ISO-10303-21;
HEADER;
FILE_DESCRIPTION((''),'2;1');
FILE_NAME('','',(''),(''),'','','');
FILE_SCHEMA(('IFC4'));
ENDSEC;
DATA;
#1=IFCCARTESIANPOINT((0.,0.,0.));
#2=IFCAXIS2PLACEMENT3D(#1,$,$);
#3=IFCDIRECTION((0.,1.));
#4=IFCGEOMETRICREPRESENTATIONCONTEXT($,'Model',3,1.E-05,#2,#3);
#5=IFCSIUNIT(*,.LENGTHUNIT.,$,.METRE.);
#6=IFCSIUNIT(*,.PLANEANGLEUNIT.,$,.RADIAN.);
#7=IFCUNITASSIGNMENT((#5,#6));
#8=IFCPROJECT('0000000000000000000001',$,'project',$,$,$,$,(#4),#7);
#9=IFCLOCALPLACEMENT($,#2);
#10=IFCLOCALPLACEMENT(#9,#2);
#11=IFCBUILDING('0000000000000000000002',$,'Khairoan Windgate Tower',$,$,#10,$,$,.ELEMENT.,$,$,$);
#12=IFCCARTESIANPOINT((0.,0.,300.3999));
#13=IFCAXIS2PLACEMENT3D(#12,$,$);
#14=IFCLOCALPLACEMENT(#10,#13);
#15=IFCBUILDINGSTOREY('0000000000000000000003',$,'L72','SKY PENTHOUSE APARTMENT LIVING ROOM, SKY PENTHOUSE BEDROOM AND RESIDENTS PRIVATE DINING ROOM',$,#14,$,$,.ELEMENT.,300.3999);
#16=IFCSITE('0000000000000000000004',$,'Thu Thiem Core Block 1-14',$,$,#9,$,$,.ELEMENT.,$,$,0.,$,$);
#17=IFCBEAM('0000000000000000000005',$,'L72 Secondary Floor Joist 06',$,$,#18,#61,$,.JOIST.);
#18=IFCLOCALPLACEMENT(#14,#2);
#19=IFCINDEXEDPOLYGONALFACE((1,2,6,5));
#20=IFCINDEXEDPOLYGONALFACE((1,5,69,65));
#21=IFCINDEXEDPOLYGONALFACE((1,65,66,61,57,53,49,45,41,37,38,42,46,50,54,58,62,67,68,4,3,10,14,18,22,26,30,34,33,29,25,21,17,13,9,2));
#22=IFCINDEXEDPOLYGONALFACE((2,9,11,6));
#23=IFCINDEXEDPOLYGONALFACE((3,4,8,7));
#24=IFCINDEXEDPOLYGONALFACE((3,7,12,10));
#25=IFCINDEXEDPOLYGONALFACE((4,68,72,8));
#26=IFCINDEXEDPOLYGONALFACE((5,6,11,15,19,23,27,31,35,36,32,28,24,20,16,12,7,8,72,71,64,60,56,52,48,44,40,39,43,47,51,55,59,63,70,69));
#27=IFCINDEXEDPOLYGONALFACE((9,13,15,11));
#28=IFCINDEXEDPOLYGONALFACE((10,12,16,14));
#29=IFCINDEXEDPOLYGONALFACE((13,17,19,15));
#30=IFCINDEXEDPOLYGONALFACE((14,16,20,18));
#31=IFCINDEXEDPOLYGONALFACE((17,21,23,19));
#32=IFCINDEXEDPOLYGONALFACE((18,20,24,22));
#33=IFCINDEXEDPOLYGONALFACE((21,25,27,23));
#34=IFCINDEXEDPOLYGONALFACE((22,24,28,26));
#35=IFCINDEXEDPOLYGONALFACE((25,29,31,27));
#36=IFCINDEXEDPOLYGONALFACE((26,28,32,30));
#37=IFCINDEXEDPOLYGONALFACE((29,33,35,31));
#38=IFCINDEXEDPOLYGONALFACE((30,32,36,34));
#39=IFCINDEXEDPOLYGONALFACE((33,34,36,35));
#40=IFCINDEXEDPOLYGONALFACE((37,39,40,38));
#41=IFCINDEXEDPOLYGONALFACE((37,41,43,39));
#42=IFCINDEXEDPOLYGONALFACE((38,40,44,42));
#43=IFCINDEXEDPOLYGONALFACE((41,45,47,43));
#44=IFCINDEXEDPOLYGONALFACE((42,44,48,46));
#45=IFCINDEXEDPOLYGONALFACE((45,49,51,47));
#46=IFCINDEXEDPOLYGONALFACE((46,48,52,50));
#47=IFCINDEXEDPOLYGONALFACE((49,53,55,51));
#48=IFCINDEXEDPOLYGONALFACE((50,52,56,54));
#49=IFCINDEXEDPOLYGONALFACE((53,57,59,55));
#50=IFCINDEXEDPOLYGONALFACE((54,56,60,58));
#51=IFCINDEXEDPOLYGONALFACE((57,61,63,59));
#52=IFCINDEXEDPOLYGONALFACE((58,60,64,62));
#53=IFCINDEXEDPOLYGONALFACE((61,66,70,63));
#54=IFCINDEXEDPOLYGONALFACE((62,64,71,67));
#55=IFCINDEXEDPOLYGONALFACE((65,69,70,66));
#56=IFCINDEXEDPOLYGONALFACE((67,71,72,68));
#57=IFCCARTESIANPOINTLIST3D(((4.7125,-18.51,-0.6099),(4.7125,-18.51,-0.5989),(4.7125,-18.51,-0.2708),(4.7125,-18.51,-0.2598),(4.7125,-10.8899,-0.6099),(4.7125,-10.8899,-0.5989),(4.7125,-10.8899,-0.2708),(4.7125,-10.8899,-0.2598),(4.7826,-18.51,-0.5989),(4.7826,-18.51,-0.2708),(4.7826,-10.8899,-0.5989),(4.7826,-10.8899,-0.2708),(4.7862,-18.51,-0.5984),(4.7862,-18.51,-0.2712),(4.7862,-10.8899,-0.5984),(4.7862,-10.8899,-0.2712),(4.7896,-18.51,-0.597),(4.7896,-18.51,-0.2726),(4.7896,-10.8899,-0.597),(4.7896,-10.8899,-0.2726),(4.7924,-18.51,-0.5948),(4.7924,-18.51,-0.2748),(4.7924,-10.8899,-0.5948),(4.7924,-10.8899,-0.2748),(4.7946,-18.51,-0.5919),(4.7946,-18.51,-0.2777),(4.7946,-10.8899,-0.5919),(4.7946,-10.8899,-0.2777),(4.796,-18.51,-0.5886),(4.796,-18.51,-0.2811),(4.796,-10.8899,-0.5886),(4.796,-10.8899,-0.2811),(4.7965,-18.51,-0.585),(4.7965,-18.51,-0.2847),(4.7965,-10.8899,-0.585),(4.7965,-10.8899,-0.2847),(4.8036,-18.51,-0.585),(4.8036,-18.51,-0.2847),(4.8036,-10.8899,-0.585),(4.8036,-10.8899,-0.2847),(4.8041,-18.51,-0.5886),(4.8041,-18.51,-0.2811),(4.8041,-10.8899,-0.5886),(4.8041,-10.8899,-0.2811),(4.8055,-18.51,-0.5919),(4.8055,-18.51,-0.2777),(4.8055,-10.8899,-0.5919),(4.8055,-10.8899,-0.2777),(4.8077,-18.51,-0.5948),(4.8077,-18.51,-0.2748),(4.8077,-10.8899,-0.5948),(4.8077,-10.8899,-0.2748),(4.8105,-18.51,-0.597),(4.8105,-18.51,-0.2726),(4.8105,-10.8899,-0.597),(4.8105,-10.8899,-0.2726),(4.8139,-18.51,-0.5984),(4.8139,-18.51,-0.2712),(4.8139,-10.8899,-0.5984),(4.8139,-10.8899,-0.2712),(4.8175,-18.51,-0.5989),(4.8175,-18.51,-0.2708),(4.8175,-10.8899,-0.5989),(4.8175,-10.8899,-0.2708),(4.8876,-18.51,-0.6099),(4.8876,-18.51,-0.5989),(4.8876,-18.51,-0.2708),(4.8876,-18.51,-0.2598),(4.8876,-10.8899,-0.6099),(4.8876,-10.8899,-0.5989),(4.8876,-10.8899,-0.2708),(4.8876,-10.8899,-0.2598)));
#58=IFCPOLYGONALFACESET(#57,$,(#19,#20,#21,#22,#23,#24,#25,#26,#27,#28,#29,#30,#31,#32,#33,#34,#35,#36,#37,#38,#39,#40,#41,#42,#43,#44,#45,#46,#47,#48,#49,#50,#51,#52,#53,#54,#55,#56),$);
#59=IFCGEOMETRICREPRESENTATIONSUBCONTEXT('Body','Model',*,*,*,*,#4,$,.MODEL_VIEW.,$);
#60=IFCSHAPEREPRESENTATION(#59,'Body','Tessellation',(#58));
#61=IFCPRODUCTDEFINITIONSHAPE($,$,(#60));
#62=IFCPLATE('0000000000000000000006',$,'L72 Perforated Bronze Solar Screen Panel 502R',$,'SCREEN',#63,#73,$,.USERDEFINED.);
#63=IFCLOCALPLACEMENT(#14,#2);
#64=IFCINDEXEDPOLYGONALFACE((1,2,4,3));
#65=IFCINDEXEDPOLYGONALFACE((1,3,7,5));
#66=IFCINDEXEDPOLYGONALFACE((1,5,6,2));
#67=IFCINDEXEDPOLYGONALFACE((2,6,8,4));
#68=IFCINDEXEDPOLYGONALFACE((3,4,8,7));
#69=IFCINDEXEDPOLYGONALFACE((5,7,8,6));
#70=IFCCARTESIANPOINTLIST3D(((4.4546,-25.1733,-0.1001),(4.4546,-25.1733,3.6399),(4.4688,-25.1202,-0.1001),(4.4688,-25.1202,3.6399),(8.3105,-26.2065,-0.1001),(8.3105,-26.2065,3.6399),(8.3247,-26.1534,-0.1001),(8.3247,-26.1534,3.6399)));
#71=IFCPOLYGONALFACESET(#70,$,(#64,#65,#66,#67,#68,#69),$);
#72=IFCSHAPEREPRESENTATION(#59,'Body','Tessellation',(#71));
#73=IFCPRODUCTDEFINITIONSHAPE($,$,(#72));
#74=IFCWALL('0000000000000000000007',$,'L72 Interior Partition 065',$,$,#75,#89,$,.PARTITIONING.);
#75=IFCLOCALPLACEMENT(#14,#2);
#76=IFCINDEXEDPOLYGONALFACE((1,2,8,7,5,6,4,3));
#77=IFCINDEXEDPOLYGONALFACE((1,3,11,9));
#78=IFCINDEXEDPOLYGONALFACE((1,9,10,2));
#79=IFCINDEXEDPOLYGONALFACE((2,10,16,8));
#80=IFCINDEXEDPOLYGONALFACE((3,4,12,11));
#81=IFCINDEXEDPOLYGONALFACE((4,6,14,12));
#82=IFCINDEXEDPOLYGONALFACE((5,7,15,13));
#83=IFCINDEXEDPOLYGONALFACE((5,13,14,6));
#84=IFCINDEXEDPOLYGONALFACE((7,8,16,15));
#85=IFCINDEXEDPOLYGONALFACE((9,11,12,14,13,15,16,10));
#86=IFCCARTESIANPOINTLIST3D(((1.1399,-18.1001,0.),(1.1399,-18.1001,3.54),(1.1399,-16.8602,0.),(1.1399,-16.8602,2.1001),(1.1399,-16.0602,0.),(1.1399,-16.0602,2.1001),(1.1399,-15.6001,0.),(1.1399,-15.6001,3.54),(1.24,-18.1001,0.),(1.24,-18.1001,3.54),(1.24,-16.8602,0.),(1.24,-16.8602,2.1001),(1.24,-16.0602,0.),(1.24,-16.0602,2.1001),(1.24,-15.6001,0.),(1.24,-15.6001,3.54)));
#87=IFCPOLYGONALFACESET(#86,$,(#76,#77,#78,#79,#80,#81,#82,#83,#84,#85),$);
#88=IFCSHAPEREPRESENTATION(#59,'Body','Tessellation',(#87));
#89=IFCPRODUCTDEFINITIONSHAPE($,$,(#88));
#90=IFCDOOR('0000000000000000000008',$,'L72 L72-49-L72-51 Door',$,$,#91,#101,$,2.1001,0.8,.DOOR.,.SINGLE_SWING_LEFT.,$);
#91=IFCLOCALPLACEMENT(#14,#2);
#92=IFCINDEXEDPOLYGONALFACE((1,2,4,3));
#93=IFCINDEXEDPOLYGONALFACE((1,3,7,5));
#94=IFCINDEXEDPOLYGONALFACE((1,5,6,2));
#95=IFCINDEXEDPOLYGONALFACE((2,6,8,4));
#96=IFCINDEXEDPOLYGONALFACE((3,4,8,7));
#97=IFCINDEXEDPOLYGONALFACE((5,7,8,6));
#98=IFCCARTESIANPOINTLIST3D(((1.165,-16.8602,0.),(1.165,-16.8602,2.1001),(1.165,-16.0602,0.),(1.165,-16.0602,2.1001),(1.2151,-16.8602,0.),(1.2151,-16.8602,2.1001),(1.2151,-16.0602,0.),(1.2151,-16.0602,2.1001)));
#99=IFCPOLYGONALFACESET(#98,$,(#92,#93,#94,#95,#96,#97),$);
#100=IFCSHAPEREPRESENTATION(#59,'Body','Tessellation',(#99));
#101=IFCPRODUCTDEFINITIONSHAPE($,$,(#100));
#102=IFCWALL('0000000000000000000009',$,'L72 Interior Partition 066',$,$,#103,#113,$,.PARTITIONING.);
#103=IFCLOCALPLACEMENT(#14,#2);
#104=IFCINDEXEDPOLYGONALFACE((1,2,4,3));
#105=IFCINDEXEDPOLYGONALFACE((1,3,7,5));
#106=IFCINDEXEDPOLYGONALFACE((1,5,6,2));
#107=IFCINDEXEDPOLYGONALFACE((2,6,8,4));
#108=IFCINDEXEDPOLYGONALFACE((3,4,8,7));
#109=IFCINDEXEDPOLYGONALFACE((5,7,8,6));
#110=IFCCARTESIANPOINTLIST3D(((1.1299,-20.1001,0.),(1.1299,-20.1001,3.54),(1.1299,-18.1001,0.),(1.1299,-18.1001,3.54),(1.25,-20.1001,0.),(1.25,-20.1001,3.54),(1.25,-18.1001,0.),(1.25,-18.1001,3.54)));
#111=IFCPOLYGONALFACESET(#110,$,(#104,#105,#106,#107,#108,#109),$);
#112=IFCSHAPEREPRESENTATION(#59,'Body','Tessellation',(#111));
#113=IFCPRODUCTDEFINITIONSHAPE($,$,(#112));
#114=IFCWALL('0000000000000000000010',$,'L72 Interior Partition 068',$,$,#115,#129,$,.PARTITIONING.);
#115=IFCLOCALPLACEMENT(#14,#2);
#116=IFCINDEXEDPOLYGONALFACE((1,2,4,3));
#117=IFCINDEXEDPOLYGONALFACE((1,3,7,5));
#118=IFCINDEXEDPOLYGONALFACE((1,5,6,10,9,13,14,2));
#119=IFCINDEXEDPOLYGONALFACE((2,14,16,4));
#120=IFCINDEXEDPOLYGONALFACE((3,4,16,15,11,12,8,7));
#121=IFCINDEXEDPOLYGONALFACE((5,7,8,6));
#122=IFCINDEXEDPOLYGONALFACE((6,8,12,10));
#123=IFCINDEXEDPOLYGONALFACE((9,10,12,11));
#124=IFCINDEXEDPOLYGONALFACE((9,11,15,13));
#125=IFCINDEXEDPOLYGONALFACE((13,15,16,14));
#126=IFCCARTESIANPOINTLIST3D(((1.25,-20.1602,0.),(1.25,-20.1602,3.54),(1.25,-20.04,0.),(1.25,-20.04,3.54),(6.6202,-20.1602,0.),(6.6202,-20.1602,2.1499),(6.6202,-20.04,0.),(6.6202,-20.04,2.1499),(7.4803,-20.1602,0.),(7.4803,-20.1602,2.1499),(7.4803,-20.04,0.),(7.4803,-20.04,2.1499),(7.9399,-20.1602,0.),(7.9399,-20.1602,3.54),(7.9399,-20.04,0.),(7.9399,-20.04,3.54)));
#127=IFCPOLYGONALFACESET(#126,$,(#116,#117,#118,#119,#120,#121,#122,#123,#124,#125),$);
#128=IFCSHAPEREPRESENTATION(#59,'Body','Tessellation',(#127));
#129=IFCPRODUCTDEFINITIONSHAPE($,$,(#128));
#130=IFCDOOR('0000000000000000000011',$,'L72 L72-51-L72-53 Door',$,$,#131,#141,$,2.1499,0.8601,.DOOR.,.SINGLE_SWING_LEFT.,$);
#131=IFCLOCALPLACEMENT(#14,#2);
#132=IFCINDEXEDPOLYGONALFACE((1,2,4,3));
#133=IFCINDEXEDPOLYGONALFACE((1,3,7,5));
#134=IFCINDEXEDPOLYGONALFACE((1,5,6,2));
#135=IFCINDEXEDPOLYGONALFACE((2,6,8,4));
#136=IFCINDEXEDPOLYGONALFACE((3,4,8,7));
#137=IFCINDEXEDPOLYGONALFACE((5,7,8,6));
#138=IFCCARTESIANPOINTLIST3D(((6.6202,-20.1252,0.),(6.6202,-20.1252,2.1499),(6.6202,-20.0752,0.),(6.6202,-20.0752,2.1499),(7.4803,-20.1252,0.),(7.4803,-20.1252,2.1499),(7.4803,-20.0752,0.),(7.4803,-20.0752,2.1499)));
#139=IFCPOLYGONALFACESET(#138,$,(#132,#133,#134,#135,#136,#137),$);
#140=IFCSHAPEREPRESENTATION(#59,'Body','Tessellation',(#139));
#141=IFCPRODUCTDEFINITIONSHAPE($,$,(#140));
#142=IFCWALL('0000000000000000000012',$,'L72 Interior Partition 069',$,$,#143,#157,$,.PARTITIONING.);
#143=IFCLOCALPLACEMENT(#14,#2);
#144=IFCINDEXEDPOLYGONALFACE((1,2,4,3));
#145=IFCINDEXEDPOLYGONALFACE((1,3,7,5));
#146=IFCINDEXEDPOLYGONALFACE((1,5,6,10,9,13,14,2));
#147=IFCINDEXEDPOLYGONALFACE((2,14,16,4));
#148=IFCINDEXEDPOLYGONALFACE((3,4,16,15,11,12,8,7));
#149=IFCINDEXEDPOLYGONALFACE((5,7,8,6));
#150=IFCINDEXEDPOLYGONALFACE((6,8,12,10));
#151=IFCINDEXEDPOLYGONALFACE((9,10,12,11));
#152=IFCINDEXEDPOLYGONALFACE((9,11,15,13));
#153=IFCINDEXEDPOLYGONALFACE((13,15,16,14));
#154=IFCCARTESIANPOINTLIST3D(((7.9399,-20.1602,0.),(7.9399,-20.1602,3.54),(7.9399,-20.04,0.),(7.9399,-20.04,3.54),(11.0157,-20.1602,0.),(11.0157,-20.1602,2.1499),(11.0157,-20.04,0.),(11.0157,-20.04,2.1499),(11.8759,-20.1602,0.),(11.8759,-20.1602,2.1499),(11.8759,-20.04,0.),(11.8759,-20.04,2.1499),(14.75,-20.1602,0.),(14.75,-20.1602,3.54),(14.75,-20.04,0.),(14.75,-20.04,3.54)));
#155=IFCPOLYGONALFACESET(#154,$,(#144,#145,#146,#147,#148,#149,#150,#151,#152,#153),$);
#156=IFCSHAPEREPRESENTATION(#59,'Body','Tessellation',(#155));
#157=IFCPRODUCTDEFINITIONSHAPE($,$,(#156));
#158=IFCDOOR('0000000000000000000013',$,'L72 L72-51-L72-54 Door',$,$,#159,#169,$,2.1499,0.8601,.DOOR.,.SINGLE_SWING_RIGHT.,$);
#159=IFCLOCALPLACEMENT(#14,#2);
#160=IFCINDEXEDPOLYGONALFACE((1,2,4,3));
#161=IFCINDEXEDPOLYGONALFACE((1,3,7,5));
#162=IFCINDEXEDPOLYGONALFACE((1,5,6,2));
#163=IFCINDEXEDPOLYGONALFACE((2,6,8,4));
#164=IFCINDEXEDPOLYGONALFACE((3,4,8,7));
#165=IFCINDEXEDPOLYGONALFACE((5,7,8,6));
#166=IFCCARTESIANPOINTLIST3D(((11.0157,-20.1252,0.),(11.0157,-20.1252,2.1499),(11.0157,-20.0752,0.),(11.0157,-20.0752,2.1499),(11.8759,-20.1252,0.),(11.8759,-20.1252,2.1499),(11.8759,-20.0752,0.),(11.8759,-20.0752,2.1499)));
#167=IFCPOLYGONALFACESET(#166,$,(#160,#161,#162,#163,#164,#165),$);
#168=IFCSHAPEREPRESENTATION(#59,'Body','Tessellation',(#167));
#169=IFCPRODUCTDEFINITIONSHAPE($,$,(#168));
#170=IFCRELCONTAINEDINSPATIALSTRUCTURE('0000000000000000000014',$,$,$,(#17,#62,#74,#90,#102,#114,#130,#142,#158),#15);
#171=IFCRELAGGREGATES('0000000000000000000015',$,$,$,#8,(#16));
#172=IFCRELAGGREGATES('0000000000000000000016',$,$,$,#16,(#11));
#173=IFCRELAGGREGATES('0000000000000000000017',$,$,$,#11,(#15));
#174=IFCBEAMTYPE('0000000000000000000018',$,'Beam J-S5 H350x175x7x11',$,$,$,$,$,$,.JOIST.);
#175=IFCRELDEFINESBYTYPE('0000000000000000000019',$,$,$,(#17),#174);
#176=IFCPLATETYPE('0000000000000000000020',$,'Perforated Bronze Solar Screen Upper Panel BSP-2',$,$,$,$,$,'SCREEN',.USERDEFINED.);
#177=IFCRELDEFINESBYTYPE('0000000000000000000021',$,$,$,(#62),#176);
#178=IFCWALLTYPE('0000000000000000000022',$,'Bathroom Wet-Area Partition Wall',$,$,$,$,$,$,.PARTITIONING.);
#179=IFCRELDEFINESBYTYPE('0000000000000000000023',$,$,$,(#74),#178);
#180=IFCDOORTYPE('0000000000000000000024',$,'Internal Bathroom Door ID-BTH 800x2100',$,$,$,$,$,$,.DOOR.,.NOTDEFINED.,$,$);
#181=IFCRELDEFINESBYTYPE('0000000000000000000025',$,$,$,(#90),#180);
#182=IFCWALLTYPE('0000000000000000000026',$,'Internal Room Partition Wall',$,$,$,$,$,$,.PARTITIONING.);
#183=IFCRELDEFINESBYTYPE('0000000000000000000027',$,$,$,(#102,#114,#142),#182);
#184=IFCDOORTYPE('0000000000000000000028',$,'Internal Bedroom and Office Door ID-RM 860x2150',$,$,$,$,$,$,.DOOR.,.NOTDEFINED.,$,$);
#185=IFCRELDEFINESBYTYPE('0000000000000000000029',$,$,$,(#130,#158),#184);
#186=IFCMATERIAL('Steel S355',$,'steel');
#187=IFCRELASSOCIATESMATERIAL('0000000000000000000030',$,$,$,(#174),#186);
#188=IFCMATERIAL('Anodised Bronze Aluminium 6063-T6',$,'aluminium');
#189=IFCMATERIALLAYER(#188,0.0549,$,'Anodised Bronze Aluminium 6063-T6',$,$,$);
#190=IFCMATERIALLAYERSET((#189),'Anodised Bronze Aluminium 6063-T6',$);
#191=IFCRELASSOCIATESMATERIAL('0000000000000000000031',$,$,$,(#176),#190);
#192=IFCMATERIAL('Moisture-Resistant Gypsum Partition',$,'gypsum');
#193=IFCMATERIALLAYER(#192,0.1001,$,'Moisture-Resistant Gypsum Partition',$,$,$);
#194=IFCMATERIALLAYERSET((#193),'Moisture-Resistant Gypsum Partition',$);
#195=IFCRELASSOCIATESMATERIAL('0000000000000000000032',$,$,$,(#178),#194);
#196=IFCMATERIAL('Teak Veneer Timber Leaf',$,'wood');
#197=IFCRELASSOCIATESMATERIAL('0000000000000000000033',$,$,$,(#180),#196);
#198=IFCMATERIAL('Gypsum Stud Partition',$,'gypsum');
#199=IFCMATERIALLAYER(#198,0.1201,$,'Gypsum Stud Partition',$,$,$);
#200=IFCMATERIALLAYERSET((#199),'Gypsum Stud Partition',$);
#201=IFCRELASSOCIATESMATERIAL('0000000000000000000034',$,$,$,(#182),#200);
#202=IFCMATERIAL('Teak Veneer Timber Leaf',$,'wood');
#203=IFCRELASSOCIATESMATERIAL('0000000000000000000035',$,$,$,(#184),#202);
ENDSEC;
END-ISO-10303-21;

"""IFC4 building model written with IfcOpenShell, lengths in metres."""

from ifc_helpers import new_model, si_unit, direction, frame, frame_2d, origin, origin_2d, place, context, subcontext, project, spatial, rectangle, i_section, extrude, material, layer, layer_set, material_profile, profile_set, type_object, element, fill, save


model = new_model("IFC4")

# Units and contexts
model_context = context("Model", 3, precision=1e-05, world=origin(), true_north=direction((0.0, 1.0)))
body_context = subcontext(model_context, "Body", "Model", "MODEL_VIEW")
ifc_project = project(units=[si_unit("LENGTHUNIT", "METRE"), si_unit("PLANEANGLEUNIT", "RADIAN")], contexts=[model_context])

# Site, building, storey
site_placement = place(None, origin())
site = spatial("IfcSite", under=ifc_project, at=site_placement, Name="Thu Thiem Core Block 1-14", CompositionType="ELEMENT", RefElevation=0.0)
building_placement = place(site_placement, origin())
building = spatial("IfcBuilding", under=site, at=building_placement, Name="Khairoan Windgate Tower", CompositionType="ELEMENT")
storey_placement = place(building_placement, frame((0.0, 0.0, 300.3999)))
storey = spatial("IfcBuildingStorey", under=building, at=storey_placement, Name="L72", Description="SKY PENTHOUSE APARTMENT LIVING ROOM, SKY PENTHOUSE BEDROOM AND RESIDENTS PRIVATE DINING ROOM", CompositionType="ELEMENT", Elevation=300.3999)

# Beam
ifc_material_1 = material(Name="Steel S355", Category="steel")
ifc_material_profile_1 = material_profile(ifc_material_1, i_section(OverallWidth=0.175, OverallDepth=0.3501, WebThickness=0.0071, FlangeThickness=0.011, FilletRadius=0.0139, at=origin_2d()))
ifc_profile_set_1 = profile_set([ifc_material_profile_1], Name="Steel S355")
beam_type_1 = type_object("IfcBeamType", Name="Beam J-S5 H350x175x7x11", PredefinedType="JOIST", material=ifc_profile_set_1)
beam_1_placement = place(storey_placement, frame((4.8, -18.51, -0.4348), z_axis=(0.0, 1.0, 0.0), x_axis=(-1.0, 0.0, 0.0)))
element("IfcBeam", 1, at=beam_1_placement, inside=storey, type_object=beam_type_1, Name="L72 Secondary Floor Joist 06", PredefinedType="JOIST", context=body_context, shape_type="SweptSolid", body=[
    extrude(i_section(OverallWidth=0.175, OverallDepth=0.3501, WebThickness=0.0071, FlangeThickness=0.011, FilletRadius=0.0139, at=origin_2d()), origin(), (0.0, 0.0, 1.0), 7.6201),
])

# Plate
ifc_material_2 = material(Name="Anodised Bronze Aluminium 6063-T6", Category="aluminium")
ifc_layer_1 = layer(ifc_material_2, 0.0549, Name="Anodised Bronze Aluminium 6063-T6")
ifc_layer_set_1 = layer_set([ifc_layer_1], Name="Anodised Bronze Aluminium 6063-T6")
plate_type = type_object("IfcPlateType", Name="Perforated Bronze Solar Screen Upper Panel BSP-2", ElementType="SCREEN", PredefinedType="USERDEFINED", material=ifc_layer_set_1)
plate_placement = place(storey_placement, frame((6.3896, -25.6633, -0.1001), z_axis=(0.0, 0.0, 1.0), x_axis=(-0.965926, 0.258819, 0.0)))
element("IfcPlate", 2, at=plate_placement, inside=storey, type_object=plate_type, Name="L72 Perforated Bronze Solar Screen Panel 502R", ObjectType="SCREEN", PredefinedType="USERDEFINED", context=body_context, shape_type="SweptSolid", body=[
    extrude(rectangle(XDim=3.9919, YDim=0.0549, at=origin_2d()), origin(), (0.0, 0.0, 1.0), 3.74),
])

# Wall, opening, door
ifc_material_3 = material(Name="Moisture-Resistant Gypsum Partition", Category="gypsum")
ifc_layer_2 = layer(ifc_material_3, 0.1001, Name="Moisture-Resistant Gypsum Partition")
ifc_layer_set_2 = layer_set([ifc_layer_2], Name="Moisture-Resistant Gypsum Partition")
wall_type_1 = type_object("IfcWallType", Name="Bathroom Wet-Area Partition Wall", PredefinedType="PARTITIONING", material=ifc_layer_set_2)
wall_1_placement = place(storey_placement, frame((1.1899, -18.1001, 0.0), z_axis=(0.0, 0.0, 1.0), x_axis=(0.0, 1.0, 0.0)))
wall_1 = element("IfcWall", 3, at=wall_1_placement, inside=storey, type_object=wall_type_1, Name="L72 Interior Partition 065", PredefinedType="PARTITIONING", context=body_context, shape_type="SweptSolid", body=[
    extrude(rectangle(XDim=2.5, YDim=0.1001, at=frame_2d((1.25, 0.0))), origin(), (0.0, 0.0, 1.0), 3.54),
])
opening_1_placement = place(wall_1_placement, frame((1.24, 0.0, 0.0)))
opening_1 = element("IfcOpeningElement", 4, at=opening_1_placement, cuts=wall_1, PredefinedType="OPENING", context=body_context, shape_type="SweptSolid", body=[
    extrude(rectangle(XDim=0.8, YDim=2.1001, at=frame_2d((0.3999, 1.05))), frame((0.0, 0.0601, 0.0), z_axis=(0.0, -1.0, 0.0), x_axis=(1.0, 0.0, 0.0)), (0.0, 0.0, 1.0), 0.1201),
])
ifc_material_4 = material(Name="Teak Veneer Timber Leaf", Category="wood")
door_type_1 = type_object("IfcDoorType", Name="Internal Bathroom Door ID-BTH 800x2100", OperationType="NOTDEFINED", PredefinedType="DOOR", material=ifc_material_4)
door_1_placement = place(opening_1_placement, origin())
door_1 = element("IfcDoor", 5, at=door_1_placement, inside=storey, type_object=door_type_1, Name="L72 L72-49-L72-51 Door", OperationType="SINGLE_SWING_LEFT", OverallHeight=2.1001, OverallWidth=0.8, PredefinedType="DOOR", context=body_context, shape_type="SweptSolid", body=[
    extrude(rectangle(XDim=0.8, YDim=2.1001, at=frame_2d((0.3999, 1.05))), frame((0.0, 0.0249, 0.0), z_axis=(0.0, -1.0, 0.0), x_axis=(1.0, 0.0, 0.0)), (0.0, 0.0, 1.0), 0.05),
])
fill(opening_1, door_1)

# Wall
ifc_material_5 = material(Name="Gypsum Stud Partition", Category="gypsum")
ifc_layer_3 = layer(ifc_material_5, 0.1201, Name="Gypsum Stud Partition")
ifc_layer_set_3 = layer_set([ifc_layer_3], Name="Gypsum Stud Partition")
wall_type_2 = type_object("IfcWallType", Name="Internal Room Partition Wall", PredefinedType="PARTITIONING", material=ifc_layer_set_3)
wall_2_placement = place(storey_placement, frame((1.1899, -20.1001, 0.0), z_axis=(0.0, 0.0, 1.0), x_axis=(0.0, 1.0, 0.0)))
element("IfcWall", 6, at=wall_2_placement, inside=storey, type_object=wall_type_2, Name="L72 Interior Partition 066", PredefinedType="PARTITIONING", context=body_context, shape_type="SweptSolid", body=[
    extrude(rectangle(XDim=2.0, YDim=0.1201, at=frame_2d((1.0, 0.0))), origin(), (0.0, 0.0, 1.0), 3.54),
])

# Walls, openings, doors
wall_3_placement = place(storey_placement, frame((1.25, -20.1001, 0.0), z_axis=(0.0, 0.0, 1.0), x_axis=(1.0, 0.0, 0.0)))
wall_3 = element("IfcWall", 7, at=wall_3_placement, inside=storey, type_object=wall_type_2, Name="L72 Interior Partition 068", PredefinedType="PARTITIONING", context=body_context, shape_type="SweptSolid", body=[
    extrude(rectangle(XDim=6.6899, YDim=0.1201, at=frame_2d((3.345, 0.0))), origin(), (0.0, 0.0, 1.0), 3.54),
])
opening_2_placement = place(wall_3_placement, frame((5.3701, 0.0, 0.0)))
opening_2 = element("IfcOpeningElement", 8, at=opening_2_placement, cuts=wall_3, PredefinedType="OPENING", context=body_context, shape_type="SweptSolid", body=[
    extrude(rectangle(XDim=0.8601, YDim=2.1499, at=frame_2d((0.4302, 1.075))), frame((0.0, 0.0701, 0.0), z_axis=(0.0, -1.0, 0.0), x_axis=(1.0, 0.0, 0.0)), (0.0, 0.0, 1.0), 0.1401),
])
ifc_material_6 = material(Name="Teak Veneer Timber Leaf", Category="wood")
door_type_2 = type_object("IfcDoorType", Name="Internal Bedroom and Office Door ID-RM 860x2150", OperationType="NOTDEFINED", PredefinedType="DOOR", material=ifc_material_6)
door_2_placement = place(opening_2_placement, origin())
door_2 = element("IfcDoor", 9, at=door_2_placement, inside=storey, type_object=door_type_2, Name="L72 L72-51-L72-53 Door", OperationType="SINGLE_SWING_LEFT", OverallHeight=2.1499, OverallWidth=0.8601, PredefinedType="DOOR", context=body_context, shape_type="SweptSolid", body=[
    extrude(rectangle(XDim=0.8601, YDim=2.1499, at=frame_2d((0.4302, 1.075))), frame((0.0, 0.0249, 0.0), z_axis=(0.0, -1.0, 0.0), x_axis=(1.0, 0.0, 0.0)), (0.0, 0.0, 1.0), 0.05),
])
fill(opening_2, door_2)
wall_4_placement = place(storey_placement, frame((7.9399, -20.1001, 0.0), z_axis=(0.0, 0.0, 1.0), x_axis=(1.0, 0.0, 0.0)))
wall_4 = element("IfcWall", 10, at=wall_4_placement, inside=storey, type_object=wall_type_2, Name="L72 Interior Partition 069", PredefinedType="PARTITIONING", context=body_context, shape_type="SweptSolid", body=[
    extrude(rectangle(XDim=6.8101, YDim=0.1201, at=frame_2d((3.405, 0.0))), origin(), (0.0, 0.0, 1.0), 3.54),
])
opening_3_placement = place(wall_4_placement, frame((3.0757, 0.0, 0.0)))
opening_3 = element("IfcOpeningElement", 11, at=opening_3_placement, cuts=wall_4, PredefinedType="OPENING", context=body_context, shape_type="SweptSolid", body=[
    extrude(rectangle(XDim=0.8601, YDim=2.1499, at=frame_2d((0.4302, 1.075))), frame((0.0, 0.0701, 0.0), z_axis=(0.0, -1.0, 0.0), x_axis=(1.0, 0.0, 0.0)), (0.0, 0.0, 1.0), 0.1401),
])
door_3_placement = place(opening_3_placement, origin())
door_3 = element("IfcDoor", 12, at=door_3_placement, inside=storey, type_object=door_type_2, Name="L72 L72-51-L72-54 Door", OperationType="SINGLE_SWING_RIGHT", OverallHeight=2.1499, OverallWidth=0.8601, PredefinedType="DOOR", context=body_context, shape_type="SweptSolid", body=[
    extrude(rectangle(XDim=0.8601, YDim=2.1499, at=frame_2d((0.4302, 1.075))), frame((0.0, 0.0249, 0.0), z_axis=(0.0, -1.0, 0.0), x_axis=(1.0, 0.0, 0.0)), (0.0, 0.0, 1.0), 0.05),
])
fill(opening_3, door_3)

save(model, "model.ifc")
